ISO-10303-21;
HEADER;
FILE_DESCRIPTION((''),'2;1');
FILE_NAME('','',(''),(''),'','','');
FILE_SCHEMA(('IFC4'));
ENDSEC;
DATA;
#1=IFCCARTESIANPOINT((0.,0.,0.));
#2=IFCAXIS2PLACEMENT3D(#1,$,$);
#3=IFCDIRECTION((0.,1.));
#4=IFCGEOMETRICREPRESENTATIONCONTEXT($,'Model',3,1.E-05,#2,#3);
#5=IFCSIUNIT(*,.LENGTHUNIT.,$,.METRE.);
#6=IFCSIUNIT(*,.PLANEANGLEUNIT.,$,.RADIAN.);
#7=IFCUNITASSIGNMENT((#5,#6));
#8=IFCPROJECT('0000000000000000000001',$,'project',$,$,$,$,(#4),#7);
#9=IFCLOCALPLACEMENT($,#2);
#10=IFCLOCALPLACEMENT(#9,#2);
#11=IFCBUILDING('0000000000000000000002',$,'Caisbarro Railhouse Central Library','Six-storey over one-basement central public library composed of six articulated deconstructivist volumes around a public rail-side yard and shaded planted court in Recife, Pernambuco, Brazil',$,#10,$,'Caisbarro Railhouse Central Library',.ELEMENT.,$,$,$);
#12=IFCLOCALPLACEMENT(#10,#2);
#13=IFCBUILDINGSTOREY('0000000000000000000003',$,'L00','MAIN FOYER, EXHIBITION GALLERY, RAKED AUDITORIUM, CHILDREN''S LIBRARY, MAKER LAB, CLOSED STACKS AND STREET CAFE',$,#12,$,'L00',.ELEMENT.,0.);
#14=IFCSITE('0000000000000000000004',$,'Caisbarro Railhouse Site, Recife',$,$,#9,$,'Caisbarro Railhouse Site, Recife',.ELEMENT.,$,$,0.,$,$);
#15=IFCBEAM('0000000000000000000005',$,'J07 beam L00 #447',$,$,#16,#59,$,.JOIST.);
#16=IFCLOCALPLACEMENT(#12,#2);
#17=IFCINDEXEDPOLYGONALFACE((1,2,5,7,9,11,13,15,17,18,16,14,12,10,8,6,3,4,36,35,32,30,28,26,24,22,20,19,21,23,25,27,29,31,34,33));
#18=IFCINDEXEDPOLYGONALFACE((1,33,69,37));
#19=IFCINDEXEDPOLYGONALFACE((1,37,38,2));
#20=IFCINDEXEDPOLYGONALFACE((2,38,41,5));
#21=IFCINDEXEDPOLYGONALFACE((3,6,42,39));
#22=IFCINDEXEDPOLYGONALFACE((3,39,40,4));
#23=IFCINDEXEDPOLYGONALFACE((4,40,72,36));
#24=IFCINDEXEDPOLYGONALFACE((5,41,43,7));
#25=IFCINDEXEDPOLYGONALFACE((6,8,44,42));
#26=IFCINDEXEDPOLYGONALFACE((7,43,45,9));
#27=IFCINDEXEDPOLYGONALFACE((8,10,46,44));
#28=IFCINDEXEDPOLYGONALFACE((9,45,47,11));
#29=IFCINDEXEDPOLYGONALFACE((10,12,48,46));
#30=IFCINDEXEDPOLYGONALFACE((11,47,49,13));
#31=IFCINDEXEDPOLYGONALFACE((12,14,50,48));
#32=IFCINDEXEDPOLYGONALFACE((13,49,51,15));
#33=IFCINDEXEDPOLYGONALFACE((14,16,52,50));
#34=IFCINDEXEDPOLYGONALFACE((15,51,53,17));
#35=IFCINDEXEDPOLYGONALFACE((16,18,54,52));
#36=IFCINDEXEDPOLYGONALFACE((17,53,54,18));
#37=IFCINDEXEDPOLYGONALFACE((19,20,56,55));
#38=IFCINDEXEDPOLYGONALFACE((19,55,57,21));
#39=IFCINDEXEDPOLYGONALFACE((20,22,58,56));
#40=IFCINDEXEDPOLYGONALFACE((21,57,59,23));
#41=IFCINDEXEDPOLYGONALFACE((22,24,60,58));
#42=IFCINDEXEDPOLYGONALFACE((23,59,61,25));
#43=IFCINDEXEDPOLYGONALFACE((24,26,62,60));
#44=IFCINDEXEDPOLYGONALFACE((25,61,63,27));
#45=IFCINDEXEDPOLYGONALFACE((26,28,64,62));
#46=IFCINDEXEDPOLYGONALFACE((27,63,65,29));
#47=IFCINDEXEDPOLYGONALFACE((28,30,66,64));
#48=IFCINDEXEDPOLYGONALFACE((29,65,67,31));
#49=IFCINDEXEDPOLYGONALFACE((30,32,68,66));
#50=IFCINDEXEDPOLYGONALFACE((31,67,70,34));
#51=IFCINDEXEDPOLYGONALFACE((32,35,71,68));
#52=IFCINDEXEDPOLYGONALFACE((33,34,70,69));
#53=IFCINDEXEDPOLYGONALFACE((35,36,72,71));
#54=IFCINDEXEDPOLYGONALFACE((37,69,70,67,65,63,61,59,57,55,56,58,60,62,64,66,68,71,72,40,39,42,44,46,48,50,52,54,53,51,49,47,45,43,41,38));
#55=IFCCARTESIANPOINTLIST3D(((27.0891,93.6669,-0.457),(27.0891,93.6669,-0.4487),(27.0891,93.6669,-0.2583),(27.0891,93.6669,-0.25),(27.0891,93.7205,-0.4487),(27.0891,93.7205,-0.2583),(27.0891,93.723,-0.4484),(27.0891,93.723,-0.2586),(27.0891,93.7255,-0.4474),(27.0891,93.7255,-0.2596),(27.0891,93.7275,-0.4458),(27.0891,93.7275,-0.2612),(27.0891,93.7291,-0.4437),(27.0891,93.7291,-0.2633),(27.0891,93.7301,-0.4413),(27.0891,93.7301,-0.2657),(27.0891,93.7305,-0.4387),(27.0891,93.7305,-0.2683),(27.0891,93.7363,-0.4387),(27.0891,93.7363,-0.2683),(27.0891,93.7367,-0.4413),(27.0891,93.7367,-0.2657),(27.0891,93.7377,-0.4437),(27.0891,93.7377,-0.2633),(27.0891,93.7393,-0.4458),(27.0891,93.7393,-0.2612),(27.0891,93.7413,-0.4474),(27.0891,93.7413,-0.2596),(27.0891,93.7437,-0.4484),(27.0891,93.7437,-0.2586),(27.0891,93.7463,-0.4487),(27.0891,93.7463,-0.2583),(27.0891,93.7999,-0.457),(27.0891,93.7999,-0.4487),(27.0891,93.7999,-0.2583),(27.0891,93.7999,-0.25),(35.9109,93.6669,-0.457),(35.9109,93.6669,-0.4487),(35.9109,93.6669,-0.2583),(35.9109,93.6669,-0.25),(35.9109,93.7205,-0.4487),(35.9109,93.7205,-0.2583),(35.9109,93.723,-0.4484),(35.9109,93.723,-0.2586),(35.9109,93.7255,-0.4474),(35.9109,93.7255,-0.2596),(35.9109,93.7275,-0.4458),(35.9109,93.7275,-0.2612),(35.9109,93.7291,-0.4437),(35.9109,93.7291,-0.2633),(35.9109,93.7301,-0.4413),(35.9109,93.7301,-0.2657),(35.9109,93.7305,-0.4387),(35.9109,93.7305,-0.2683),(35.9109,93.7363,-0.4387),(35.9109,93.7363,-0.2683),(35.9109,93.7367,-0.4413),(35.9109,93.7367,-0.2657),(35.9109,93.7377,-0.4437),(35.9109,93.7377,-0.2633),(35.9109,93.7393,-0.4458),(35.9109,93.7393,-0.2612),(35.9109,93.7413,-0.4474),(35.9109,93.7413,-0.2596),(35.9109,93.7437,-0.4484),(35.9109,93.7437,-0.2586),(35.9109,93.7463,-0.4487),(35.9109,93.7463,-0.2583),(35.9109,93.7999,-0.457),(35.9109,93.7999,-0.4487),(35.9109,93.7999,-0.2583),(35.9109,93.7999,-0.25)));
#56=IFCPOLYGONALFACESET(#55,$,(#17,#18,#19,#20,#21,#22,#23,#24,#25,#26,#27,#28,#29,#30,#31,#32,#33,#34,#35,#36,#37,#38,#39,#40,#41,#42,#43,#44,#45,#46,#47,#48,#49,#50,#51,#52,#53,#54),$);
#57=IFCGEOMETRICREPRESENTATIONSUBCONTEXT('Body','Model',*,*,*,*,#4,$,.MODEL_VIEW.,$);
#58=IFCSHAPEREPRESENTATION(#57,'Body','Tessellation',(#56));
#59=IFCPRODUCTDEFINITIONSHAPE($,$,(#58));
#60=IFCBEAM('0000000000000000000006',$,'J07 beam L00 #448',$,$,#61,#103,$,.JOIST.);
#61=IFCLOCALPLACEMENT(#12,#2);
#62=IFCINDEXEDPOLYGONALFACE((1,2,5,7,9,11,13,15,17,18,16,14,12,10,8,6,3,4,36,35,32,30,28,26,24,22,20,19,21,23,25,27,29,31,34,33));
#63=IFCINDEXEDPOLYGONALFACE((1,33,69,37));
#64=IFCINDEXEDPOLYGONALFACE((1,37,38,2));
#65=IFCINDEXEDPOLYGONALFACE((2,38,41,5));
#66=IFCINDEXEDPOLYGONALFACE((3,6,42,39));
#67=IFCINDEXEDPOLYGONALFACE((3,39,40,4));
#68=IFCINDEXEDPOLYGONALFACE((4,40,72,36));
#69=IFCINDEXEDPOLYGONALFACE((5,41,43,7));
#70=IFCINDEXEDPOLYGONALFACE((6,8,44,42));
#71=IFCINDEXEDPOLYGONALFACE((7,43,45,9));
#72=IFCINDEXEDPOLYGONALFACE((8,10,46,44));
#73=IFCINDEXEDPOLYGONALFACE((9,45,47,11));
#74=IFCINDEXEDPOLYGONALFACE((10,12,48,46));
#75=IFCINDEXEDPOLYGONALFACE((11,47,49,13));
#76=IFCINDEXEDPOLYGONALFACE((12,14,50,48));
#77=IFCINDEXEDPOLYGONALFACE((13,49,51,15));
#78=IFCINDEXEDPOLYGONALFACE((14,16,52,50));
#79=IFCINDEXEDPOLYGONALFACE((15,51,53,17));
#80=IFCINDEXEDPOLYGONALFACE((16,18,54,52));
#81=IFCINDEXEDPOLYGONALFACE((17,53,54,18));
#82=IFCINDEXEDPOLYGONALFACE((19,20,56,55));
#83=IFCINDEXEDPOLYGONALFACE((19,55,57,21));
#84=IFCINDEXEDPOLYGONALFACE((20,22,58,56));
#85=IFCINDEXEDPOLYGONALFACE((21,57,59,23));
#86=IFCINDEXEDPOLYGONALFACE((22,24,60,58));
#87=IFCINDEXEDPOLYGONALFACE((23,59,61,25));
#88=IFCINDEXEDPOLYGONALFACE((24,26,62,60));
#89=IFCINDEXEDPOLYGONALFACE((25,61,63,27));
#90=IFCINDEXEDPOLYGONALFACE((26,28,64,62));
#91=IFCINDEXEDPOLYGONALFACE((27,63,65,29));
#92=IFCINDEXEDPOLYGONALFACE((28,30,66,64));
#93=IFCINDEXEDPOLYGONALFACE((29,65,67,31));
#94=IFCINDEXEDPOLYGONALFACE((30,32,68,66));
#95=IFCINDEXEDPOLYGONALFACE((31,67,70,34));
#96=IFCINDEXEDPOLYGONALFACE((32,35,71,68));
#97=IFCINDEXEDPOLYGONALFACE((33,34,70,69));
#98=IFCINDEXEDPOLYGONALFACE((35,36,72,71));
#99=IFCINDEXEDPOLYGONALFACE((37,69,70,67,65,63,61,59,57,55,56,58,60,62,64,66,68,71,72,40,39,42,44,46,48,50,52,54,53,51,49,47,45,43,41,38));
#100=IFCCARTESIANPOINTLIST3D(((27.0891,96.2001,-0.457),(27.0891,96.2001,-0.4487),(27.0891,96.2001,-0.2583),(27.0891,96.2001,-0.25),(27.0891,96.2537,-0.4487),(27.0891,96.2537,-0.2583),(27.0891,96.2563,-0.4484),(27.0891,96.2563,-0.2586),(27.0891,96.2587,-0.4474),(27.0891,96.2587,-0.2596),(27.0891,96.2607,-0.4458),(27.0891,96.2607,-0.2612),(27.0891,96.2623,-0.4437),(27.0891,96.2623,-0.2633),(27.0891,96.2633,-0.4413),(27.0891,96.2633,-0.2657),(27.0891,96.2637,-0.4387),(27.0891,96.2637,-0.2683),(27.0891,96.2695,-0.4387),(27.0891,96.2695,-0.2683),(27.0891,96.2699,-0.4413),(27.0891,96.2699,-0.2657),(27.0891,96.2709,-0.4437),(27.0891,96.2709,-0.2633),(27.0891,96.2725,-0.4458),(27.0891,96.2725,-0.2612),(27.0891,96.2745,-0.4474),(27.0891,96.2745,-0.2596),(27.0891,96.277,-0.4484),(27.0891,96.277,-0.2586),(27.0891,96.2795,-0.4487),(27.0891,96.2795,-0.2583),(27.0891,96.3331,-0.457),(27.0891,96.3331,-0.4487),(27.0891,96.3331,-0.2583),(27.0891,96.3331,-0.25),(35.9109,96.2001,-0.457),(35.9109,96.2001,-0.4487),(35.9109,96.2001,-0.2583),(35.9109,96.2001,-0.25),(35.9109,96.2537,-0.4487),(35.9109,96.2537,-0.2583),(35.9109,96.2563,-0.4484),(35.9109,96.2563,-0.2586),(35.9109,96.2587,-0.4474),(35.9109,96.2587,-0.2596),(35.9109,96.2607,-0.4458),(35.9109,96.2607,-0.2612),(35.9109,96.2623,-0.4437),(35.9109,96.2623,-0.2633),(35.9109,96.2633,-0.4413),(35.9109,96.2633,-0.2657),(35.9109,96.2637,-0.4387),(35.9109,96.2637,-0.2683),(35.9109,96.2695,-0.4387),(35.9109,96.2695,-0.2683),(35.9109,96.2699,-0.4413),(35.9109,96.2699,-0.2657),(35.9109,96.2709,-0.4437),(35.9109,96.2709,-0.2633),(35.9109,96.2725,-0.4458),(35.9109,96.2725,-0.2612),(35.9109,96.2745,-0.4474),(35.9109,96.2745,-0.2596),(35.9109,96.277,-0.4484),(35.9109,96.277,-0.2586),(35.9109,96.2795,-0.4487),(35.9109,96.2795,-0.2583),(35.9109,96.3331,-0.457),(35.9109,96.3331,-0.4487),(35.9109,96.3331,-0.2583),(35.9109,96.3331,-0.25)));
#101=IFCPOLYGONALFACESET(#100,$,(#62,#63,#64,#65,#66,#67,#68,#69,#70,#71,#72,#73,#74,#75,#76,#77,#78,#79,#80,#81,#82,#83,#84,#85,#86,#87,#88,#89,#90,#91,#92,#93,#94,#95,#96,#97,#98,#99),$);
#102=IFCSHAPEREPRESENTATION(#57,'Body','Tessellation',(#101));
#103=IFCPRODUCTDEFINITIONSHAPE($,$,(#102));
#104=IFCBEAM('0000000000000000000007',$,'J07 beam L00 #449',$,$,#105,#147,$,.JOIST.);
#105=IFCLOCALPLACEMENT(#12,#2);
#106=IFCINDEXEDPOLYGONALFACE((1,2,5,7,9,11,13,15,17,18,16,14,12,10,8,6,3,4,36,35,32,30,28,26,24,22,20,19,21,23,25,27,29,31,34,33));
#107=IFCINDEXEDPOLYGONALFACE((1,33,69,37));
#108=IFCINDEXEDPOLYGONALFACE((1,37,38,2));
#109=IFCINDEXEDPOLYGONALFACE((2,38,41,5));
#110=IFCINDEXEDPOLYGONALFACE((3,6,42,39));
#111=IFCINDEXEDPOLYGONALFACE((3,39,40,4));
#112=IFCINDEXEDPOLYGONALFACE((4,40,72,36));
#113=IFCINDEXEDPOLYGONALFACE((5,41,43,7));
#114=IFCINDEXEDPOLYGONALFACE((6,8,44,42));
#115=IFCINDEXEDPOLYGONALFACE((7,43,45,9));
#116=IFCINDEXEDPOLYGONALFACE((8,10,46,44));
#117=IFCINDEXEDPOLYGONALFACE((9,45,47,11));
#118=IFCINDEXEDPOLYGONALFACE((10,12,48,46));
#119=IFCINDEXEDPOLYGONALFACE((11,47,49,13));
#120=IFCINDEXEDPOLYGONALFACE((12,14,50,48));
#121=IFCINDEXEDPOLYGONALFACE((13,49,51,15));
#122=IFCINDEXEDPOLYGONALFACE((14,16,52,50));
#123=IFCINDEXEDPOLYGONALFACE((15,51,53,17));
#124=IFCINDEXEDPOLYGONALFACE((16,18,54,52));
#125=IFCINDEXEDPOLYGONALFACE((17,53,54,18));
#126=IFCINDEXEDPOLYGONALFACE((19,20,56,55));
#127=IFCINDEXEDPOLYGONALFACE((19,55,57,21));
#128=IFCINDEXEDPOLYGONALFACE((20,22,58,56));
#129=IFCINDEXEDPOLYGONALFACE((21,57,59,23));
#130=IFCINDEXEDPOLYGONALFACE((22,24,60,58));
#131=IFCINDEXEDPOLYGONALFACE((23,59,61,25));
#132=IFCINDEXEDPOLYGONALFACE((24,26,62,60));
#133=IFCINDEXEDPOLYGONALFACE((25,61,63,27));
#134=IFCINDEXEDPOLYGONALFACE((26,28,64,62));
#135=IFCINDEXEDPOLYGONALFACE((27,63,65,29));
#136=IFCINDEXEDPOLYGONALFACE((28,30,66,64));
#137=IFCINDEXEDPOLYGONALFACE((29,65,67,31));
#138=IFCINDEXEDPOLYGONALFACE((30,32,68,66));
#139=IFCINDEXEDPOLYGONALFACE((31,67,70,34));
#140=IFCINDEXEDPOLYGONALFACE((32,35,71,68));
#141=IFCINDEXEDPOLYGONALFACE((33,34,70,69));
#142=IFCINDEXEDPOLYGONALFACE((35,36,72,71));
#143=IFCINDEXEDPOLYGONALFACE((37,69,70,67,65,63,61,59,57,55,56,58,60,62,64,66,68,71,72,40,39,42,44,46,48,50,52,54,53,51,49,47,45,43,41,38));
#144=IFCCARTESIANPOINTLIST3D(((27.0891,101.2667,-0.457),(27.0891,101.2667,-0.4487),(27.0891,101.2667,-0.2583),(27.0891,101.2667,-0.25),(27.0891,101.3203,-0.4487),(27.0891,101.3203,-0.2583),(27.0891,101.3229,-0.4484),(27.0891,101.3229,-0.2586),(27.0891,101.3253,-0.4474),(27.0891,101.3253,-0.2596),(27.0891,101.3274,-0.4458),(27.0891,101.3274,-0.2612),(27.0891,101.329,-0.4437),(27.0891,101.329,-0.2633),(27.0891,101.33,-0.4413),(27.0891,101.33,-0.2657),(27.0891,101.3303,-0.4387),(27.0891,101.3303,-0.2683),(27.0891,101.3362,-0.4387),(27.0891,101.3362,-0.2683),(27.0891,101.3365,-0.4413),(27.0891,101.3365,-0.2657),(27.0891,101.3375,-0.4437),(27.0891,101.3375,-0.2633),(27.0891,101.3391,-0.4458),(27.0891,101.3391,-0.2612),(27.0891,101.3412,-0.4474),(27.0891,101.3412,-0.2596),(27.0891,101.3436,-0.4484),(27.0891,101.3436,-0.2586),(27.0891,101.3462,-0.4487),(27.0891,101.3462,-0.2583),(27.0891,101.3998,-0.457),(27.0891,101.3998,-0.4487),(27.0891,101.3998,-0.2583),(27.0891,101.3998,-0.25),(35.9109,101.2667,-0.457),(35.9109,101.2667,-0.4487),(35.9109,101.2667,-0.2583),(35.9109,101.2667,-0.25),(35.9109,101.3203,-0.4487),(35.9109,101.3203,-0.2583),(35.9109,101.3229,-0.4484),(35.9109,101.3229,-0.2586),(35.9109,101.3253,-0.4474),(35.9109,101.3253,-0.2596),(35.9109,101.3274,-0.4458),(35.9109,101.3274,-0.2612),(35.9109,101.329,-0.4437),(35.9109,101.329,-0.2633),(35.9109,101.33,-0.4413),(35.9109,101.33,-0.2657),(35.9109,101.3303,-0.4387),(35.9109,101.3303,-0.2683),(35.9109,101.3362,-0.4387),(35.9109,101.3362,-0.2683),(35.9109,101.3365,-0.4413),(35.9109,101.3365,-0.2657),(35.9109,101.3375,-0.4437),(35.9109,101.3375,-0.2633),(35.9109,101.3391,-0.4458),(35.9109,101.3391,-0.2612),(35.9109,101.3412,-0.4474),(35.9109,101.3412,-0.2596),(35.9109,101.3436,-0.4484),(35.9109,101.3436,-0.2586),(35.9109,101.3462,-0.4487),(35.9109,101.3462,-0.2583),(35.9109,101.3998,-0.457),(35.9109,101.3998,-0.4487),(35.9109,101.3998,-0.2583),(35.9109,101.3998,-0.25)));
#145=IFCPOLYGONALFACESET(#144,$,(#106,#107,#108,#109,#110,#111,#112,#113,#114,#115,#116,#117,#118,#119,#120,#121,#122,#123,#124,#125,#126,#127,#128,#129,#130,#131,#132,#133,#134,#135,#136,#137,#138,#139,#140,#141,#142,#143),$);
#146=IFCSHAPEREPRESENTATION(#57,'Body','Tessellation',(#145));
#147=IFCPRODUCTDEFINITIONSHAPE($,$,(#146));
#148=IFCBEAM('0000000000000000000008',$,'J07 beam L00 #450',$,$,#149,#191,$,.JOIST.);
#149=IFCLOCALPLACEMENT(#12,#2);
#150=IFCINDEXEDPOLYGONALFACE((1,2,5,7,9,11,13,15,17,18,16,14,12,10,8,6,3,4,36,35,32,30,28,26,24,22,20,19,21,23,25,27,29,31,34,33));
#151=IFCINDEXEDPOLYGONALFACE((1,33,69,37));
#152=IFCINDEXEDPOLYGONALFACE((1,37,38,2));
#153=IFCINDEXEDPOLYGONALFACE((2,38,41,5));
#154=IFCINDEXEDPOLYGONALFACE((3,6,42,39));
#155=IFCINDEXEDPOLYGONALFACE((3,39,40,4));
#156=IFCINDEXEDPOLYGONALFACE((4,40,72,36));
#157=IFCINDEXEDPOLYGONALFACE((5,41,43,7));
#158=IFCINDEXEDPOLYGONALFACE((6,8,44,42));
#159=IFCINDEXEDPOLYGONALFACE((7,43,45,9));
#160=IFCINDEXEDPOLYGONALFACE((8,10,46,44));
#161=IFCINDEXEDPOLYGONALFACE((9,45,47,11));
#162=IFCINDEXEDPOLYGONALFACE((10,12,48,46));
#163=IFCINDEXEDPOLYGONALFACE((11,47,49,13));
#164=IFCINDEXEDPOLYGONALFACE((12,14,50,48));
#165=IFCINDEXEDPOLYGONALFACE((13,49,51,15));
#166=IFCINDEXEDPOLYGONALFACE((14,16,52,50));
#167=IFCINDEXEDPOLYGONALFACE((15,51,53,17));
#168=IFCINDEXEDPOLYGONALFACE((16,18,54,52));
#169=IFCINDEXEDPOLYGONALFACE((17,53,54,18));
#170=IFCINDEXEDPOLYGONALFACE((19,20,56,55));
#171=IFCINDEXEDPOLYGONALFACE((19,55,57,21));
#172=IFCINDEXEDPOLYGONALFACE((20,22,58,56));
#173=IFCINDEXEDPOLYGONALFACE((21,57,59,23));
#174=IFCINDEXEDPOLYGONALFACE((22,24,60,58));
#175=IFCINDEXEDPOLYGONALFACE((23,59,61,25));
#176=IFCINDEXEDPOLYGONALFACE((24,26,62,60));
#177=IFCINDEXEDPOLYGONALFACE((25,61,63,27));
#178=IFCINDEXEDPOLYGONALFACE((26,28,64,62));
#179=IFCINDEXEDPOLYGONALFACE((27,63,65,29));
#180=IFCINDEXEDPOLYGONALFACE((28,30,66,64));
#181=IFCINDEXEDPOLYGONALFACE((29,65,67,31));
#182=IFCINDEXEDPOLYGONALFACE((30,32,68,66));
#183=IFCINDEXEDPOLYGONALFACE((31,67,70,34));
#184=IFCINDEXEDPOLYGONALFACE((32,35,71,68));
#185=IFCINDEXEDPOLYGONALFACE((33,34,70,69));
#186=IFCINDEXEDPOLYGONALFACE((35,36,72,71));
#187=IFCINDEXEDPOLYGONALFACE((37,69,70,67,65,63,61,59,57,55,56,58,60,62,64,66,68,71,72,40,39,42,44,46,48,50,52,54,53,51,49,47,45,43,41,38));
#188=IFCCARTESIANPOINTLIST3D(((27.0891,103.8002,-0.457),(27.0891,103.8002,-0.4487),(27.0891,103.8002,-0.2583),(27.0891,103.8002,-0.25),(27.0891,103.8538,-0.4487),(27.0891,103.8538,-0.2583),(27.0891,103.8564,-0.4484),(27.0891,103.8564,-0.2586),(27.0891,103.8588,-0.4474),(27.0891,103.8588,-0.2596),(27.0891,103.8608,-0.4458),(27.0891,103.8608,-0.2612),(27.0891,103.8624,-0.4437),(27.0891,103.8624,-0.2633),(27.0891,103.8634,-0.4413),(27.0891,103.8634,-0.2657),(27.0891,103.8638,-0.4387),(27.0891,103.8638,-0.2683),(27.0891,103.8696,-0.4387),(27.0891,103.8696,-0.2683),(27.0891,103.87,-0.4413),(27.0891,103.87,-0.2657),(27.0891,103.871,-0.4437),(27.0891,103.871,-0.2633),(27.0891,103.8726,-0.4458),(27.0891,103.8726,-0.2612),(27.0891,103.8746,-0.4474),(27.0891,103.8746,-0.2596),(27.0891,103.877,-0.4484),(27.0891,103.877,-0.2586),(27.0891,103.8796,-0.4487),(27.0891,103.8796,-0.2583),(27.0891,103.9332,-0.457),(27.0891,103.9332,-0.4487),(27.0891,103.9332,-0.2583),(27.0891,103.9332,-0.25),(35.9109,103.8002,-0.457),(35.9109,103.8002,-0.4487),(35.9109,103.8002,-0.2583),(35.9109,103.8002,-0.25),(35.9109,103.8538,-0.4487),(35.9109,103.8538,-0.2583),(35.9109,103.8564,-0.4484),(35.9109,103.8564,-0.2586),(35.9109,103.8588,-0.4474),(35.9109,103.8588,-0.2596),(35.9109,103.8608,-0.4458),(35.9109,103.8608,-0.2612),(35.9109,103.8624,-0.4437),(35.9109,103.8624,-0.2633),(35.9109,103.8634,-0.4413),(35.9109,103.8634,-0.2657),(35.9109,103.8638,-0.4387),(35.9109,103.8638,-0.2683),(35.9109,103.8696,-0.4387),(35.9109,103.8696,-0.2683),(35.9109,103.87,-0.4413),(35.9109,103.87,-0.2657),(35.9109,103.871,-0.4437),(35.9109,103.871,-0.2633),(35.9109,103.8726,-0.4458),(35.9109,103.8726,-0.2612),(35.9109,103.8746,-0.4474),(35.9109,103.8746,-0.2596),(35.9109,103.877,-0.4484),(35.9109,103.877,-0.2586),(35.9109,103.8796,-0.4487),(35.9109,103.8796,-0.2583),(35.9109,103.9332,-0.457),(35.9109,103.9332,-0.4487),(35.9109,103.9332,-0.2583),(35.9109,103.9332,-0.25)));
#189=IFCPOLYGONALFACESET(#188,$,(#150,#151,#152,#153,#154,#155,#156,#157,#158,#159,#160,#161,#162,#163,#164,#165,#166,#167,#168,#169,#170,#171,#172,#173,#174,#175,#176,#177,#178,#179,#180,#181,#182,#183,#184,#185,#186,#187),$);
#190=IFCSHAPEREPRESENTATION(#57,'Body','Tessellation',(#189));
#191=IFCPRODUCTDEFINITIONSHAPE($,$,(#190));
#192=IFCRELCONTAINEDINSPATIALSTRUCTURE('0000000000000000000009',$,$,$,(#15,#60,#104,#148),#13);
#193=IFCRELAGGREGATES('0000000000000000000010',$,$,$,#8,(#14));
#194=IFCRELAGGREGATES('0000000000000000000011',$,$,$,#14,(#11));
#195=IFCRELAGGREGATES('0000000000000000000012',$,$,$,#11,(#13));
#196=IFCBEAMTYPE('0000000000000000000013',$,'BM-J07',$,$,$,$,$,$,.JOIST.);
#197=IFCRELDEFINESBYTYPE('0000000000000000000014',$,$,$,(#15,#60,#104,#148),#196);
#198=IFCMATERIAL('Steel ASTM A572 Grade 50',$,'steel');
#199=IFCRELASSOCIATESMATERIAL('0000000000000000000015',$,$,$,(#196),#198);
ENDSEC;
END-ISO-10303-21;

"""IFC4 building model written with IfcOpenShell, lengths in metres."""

from ifc_helpers import new_model, si_unit, direction, frame, origin, origin_2d, place, context, subcontext, project, spatial, i_section, extrude, material, material_profile, profile_set, type_object, element, save


model = new_model("IFC4")

# Units and contexts
model_context = context("Model", 3, precision=1e-05, world=origin(), true_north=direction((0.0, 1.0)))
body_context = subcontext(model_context, "Body", "Model", "MODEL_VIEW")
ifc_project = project(units=[si_unit("LENGTHUNIT", "METRE"), si_unit("PLANEANGLEUNIT", "RADIAN")], contexts=[model_context])

# Site, building, storey
site_placement = place(None, origin())
site = spatial("IfcSite", under=ifc_project, at=site_placement, Name="Caisbarro Railhouse Site, Recife", LongName="Caisbarro Railhouse Site, Recife", CompositionType="ELEMENT", RefElevation=0.0)
building_placement = place(site_placement, origin())
building = spatial("IfcBuilding", under=site, at=building_placement, Name="Caisbarro Railhouse Central Library", Description="Six-storey over one-basement central public library composed of six articulated deconstructivist volumes around a public rail-side yard and shaded planted court in Recife, Pernambuco, Brazil", LongName="Caisbarro Railhouse Central Library", CompositionType="ELEMENT")
storey_placement = place(building_placement, origin())
storey = spatial("IfcBuildingStorey", under=building, at=storey_placement, Name="L00", Description="MAIN FOYER, EXHIBITION GALLERY, RAKED AUDITORIUM, CHILDREN'S LIBRARY, MAKER LAB, CLOSED STACKS AND STREET CAFE", LongName="L00", CompositionType="ELEMENT", Elevation=0.0)

# Shared definitions
ifc_material_1 = material(Name="Steel ASTM A572 Grade 50", Category="steel")

# Beams
ifc_material_profile_1 = material_profile(ifc_material_1, i_section(OverallWidth=0.1331, OverallDepth=0.207, WebThickness=0.0059, FlangeThickness=0.0083, FilletRadius=0.01, at=origin_2d()), Name="W200X26.6")
ifc_profile_set_1 = profile_set([ifc_material_profile_1], Name="Steel ASTM A572 Grade 50")
beam_type_1 = type_object("IfcBeamType", Name="BM-J07", PredefinedType="JOIST", material=ifc_profile_set_1)
for number, where, z_axis, x_axis, name in (
    (1, (27.0891, 93.7334, -0.3535), (1.0, 0.0, 0.0), (0.0, 1.0, 0.0), "J07 beam L00 #447"),
    (2, (27.0891, 96.2666, -0.3535), (1.0, 0.0, 0.0), (0.0, 1.0, 0.0), "J07 beam L00 #448"),
    (3, (27.0891, 101.3333, -0.3535), (1.0, 0.0, 0.0), (0.0, 1.0, 0.0), "J07 beam L00 #449"),
    (4, (27.0891, 103.8667, -0.3535), (1.0, 0.0, 0.0), (0.0, 1.0, 0.0), "J07 beam L00 #450"),
):
    element("IfcBeam", number, at=place(storey_placement, frame(where, z_axis=z_axis, x_axis=x_axis)), inside=storey, type_object=beam_type_1, Name=name, PredefinedType="JOIST", context=body_context, shape_type="SweptSolid", body=[
        extrude(i_section(OverallWidth=0.1331, OverallDepth=0.207, WebThickness=0.0059, FlangeThickness=0.0083, FilletRadius=0.01, at=origin_2d()), origin(), (0.0, 0.0, 1.0), 8.8218),
    ])

save(model, "model.ifc")
